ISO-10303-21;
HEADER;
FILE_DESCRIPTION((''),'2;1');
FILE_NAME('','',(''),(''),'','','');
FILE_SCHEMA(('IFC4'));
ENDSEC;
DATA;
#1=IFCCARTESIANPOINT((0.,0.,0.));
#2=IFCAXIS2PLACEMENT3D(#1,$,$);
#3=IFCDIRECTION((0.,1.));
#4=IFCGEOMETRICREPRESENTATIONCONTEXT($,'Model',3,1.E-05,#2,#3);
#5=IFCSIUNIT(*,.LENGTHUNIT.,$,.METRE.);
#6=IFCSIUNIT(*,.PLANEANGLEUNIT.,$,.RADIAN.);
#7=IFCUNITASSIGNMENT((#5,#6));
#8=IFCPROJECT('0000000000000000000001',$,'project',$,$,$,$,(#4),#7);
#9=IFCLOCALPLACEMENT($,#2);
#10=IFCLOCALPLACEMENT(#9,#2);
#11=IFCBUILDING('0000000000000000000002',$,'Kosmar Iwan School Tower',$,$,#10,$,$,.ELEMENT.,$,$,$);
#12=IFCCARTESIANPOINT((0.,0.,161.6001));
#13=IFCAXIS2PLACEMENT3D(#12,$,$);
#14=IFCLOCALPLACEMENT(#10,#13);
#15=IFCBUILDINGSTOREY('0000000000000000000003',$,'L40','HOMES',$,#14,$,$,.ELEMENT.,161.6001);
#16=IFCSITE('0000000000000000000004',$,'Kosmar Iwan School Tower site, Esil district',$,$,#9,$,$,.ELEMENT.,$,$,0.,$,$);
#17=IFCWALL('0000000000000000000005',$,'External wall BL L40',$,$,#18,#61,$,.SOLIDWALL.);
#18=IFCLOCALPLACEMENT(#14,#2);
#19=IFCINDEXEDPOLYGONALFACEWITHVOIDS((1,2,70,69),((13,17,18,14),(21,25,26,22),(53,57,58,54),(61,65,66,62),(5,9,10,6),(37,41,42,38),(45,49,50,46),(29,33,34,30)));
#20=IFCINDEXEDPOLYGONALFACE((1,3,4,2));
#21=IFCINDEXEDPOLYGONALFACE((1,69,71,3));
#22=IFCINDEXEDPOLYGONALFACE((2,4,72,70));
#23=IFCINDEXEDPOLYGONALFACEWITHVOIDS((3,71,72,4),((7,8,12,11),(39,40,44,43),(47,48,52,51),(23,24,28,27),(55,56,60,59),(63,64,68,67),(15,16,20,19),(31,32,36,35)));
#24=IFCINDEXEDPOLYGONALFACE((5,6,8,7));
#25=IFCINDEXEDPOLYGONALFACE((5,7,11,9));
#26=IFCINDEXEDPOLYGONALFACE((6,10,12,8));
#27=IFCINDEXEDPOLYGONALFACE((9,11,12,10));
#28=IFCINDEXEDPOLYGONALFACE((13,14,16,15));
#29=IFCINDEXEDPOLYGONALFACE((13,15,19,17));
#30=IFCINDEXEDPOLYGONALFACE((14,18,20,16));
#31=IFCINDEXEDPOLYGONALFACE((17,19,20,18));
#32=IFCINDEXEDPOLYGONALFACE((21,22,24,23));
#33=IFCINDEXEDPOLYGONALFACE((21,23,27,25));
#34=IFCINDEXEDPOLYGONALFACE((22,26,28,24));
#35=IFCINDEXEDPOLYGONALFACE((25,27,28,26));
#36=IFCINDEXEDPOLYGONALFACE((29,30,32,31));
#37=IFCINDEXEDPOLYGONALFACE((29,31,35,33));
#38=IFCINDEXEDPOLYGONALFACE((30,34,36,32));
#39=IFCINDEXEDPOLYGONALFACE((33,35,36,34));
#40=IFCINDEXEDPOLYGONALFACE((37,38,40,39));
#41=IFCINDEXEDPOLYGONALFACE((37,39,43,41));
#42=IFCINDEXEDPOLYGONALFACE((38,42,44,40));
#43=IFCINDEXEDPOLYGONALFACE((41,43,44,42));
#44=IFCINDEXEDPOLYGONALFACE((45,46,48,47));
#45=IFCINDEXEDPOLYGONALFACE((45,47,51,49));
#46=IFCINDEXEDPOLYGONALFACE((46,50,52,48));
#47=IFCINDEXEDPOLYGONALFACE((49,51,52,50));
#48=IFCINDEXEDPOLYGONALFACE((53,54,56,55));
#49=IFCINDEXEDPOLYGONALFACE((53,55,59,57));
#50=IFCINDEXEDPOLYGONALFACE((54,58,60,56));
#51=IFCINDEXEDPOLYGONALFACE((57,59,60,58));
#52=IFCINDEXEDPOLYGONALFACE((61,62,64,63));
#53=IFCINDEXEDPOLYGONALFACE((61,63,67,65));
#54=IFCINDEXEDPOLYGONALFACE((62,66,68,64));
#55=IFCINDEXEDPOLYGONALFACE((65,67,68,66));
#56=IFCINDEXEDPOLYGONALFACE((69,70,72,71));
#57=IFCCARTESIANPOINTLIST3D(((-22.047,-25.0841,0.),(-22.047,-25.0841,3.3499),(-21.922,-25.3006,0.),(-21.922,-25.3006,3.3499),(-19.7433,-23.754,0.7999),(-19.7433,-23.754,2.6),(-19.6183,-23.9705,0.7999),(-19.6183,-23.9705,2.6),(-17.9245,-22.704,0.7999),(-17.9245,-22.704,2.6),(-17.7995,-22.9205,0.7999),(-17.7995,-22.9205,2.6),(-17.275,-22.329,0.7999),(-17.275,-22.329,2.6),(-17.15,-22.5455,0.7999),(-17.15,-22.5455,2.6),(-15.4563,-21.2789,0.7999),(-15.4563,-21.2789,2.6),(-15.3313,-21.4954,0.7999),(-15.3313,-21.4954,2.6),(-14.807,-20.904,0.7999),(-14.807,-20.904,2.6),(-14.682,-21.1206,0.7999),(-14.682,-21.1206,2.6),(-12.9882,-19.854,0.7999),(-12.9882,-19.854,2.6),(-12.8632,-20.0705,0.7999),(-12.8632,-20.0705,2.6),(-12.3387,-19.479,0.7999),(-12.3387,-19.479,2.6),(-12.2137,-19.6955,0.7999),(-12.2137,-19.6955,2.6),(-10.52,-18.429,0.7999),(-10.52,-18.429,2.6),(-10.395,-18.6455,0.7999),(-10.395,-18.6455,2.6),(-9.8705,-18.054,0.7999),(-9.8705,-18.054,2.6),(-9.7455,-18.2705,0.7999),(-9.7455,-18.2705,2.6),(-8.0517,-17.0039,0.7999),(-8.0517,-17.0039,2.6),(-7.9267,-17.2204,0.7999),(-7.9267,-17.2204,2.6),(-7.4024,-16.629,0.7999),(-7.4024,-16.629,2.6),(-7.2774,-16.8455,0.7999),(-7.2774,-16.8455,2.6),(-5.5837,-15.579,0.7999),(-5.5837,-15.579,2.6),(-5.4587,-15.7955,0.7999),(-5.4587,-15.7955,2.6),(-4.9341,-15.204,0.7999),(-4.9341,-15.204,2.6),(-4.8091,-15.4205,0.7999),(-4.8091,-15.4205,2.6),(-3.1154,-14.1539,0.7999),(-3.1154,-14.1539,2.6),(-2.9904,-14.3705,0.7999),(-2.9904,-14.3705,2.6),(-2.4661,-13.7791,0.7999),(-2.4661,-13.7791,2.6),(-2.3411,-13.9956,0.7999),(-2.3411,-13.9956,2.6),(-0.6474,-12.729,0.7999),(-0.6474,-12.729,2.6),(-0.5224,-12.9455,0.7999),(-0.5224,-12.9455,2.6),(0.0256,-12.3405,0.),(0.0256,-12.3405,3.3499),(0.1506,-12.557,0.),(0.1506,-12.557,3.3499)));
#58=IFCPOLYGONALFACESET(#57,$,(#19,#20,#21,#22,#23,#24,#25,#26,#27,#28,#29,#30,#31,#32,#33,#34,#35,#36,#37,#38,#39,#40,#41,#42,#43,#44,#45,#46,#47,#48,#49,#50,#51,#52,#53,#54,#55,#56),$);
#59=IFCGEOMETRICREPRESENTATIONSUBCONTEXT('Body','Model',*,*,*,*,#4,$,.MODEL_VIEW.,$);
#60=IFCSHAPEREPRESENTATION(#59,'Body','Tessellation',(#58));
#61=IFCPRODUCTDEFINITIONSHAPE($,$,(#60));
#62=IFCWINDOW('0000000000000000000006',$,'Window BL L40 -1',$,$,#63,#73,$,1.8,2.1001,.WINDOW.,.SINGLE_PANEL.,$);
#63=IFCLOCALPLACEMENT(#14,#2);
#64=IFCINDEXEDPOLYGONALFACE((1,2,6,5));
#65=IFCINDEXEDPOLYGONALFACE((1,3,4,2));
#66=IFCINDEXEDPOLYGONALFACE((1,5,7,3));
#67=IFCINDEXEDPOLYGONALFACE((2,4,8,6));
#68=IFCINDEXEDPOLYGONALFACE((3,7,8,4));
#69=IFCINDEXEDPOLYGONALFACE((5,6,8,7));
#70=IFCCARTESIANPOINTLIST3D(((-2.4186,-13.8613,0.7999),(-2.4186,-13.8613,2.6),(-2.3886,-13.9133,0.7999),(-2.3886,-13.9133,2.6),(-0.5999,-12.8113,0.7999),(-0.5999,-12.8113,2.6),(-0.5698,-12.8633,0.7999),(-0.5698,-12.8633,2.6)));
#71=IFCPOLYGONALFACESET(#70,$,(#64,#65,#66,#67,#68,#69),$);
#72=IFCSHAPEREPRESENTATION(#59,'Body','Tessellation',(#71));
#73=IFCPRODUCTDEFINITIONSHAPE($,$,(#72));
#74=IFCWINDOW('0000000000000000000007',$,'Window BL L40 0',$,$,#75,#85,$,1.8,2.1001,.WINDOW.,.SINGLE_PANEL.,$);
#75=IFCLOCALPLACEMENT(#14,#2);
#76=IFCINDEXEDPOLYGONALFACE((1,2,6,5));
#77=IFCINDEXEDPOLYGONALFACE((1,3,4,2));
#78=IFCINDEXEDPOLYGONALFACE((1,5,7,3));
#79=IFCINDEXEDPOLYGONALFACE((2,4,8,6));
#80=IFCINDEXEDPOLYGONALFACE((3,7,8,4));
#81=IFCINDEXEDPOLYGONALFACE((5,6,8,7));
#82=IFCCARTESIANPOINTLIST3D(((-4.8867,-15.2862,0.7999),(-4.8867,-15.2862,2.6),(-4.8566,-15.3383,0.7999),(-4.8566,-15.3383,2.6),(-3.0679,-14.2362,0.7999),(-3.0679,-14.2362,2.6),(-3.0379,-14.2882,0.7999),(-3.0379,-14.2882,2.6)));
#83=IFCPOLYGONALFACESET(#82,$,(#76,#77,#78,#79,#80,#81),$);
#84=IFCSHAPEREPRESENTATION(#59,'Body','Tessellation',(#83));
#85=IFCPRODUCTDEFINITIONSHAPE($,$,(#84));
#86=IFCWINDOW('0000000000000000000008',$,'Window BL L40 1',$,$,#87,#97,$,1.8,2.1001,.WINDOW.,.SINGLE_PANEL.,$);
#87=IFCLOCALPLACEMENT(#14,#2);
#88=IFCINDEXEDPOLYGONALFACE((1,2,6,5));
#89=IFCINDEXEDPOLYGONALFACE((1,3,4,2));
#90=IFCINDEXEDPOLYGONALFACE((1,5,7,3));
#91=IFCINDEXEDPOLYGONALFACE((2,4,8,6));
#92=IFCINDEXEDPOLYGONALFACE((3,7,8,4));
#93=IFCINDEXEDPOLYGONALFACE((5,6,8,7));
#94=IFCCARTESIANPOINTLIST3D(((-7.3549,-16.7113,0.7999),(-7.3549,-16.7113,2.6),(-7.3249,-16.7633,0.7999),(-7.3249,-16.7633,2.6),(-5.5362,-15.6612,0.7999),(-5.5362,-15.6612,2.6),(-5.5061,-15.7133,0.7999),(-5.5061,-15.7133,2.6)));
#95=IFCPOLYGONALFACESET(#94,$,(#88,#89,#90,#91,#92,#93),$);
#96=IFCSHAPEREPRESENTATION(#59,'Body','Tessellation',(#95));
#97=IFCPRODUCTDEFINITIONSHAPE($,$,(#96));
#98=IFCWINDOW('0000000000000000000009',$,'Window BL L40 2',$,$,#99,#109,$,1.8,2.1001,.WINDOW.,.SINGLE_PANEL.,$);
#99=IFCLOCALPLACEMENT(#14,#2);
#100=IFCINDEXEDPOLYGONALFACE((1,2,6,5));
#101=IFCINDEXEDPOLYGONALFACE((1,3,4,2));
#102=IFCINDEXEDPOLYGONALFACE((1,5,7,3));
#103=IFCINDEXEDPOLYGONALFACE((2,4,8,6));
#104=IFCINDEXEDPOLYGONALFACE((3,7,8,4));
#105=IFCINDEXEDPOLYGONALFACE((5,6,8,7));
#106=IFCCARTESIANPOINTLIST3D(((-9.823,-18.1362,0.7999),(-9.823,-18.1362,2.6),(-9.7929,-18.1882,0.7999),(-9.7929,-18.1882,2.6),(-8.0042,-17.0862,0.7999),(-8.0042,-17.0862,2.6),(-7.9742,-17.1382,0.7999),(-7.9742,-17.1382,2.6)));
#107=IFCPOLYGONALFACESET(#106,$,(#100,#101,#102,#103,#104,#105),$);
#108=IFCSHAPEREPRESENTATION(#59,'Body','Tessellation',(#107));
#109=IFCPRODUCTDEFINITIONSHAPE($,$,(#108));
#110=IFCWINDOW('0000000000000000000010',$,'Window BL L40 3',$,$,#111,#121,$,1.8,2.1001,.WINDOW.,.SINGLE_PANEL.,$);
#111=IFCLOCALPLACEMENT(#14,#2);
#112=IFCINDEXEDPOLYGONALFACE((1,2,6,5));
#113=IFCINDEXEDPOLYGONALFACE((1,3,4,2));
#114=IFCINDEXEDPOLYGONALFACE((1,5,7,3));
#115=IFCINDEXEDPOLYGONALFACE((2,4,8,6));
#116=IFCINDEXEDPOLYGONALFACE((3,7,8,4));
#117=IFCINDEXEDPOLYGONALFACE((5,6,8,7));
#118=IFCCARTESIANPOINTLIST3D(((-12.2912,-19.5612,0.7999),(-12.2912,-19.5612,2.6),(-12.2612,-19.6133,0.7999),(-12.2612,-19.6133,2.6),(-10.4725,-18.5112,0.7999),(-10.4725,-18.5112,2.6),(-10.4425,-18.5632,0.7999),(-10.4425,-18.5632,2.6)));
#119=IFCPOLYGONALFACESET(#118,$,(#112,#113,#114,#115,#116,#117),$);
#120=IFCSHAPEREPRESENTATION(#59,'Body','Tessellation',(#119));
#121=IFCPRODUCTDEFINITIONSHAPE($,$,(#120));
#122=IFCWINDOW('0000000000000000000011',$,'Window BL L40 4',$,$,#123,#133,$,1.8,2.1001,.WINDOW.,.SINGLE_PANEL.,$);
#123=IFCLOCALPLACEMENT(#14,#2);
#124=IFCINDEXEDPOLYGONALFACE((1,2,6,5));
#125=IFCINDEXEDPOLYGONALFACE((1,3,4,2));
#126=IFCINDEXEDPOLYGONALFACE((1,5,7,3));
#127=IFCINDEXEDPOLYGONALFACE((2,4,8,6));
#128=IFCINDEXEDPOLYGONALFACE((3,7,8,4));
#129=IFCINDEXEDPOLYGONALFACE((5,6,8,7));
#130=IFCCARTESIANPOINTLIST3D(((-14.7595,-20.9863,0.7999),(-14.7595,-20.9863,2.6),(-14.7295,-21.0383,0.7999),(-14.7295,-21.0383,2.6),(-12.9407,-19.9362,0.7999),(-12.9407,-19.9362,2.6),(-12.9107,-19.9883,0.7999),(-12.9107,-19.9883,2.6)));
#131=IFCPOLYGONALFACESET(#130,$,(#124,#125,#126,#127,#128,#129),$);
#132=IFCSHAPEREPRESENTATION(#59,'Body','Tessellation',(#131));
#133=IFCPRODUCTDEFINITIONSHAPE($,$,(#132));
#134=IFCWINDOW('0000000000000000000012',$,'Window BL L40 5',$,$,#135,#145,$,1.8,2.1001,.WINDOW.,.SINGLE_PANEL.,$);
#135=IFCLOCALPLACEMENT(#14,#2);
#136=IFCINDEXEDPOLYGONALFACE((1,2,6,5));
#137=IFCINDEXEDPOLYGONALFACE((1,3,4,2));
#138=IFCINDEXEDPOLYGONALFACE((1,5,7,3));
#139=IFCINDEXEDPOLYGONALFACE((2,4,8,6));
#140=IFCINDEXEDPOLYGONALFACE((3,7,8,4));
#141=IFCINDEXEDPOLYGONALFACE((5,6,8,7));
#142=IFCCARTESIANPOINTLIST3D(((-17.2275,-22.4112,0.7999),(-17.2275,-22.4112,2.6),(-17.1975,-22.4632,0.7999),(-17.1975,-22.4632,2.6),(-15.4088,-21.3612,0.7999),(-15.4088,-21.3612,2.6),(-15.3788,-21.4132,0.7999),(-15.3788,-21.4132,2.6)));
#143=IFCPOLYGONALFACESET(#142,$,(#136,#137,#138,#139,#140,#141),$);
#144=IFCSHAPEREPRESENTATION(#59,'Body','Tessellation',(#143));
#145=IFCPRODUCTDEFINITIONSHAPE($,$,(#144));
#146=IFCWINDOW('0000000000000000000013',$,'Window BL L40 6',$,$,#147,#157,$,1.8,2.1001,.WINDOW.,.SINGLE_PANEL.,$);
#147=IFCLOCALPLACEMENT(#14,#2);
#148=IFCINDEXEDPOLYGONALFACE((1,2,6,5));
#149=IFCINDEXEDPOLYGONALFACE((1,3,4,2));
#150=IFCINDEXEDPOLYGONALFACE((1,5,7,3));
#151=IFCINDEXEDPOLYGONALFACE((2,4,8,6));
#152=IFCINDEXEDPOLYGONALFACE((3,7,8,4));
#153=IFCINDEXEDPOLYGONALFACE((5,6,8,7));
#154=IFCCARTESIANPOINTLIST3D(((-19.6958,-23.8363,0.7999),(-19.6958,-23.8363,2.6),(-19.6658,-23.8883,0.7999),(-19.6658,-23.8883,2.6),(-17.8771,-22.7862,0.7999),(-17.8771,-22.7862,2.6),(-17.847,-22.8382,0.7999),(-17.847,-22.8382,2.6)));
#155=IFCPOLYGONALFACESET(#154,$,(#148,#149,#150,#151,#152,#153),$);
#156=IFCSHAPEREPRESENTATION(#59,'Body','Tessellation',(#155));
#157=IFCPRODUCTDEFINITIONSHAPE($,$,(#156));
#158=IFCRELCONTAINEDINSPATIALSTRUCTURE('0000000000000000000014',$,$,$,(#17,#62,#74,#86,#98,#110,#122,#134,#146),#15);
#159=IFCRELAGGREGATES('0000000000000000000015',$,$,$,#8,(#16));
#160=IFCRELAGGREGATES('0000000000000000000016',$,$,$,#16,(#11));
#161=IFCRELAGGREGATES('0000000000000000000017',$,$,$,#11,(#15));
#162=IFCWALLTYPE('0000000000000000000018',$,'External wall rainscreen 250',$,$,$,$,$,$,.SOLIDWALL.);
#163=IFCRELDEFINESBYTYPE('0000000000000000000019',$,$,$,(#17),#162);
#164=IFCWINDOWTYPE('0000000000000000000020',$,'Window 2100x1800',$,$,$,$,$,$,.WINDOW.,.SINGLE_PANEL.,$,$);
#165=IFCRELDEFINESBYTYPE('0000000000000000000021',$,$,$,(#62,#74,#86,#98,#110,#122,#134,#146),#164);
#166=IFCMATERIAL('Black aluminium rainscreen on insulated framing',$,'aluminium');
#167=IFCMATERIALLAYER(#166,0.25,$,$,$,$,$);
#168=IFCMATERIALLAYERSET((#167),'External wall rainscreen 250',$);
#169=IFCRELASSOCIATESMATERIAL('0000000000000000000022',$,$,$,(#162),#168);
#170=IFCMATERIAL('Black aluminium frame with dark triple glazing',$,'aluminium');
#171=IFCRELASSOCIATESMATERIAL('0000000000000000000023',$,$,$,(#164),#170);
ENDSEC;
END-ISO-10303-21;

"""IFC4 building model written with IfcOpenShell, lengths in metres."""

from ifc_helpers import new_model, si_unit, direction, frame, frame_2d, origin, place, context, subcontext, project, spatial, rectangle, extrude, material, layer, layer_set, type_object, element, fill, save


model = new_model("IFC4")

# Units and contexts
model_context = context("Model", 3, precision=1e-05, world=origin(), true_north=direction((0.0, 1.0)))
body_context = subcontext(model_context, "Body", "Model", "MODEL_VIEW")
ifc_project = project(units=[si_unit("LENGTHUNIT", "METRE"), si_unit("PLANEANGLEUNIT", "RADIAN")], contexts=[model_context])

# Site, building, storey
site_placement = place(None, origin())
site = spatial("IfcSite", under=ifc_project, at=site_placement, Name="Kosmar Iwan School Tower site, Esil district", CompositionType="ELEMENT", RefElevation=0.0)
building_placement = place(site_placement, origin())
building = spatial("IfcBuilding", under=site, at=building_placement, Name="Kosmar Iwan School Tower", CompositionType="ELEMENT")
storey_placement = place(building_placement, frame((0.0, 0.0, 161.6001)))
storey = spatial("IfcBuildingStorey", under=building, at=storey_placement, Name="L40", Description="HOMES", CompositionType="ELEMENT", Elevation=161.6001)

# Wall, openings, windows
ifc_material_1 = material(Name="Black aluminium rainscreen on insulated framing", Category="aluminium")
ifc_layer = layer(ifc_material_1, 0.25)
ifc_layer_set = layer_set([ifc_layer], Name="External wall rainscreen 250")
wall_type = type_object("IfcWallType", Name="External wall rainscreen 250", PredefinedType="SOLIDWALL", material=ifc_layer_set)
wall_1_placement = place(storey_placement, frame((0.0881, -12.4487, 0.0), z_axis=(0.0, 0.0, 1.0), x_axis=(-0.866026, -0.499998, 0.0)))
wall_1 = element("IfcWall", 1, at=wall_1_placement, inside=storey, type_object=wall_type, Name="External wall BL L40", PredefinedType="SOLIDWALL", context=body_context, shape_type="SweptSolid", body=[
    extrude(rectangle(XDim=25.4873, YDim=0.25, at=frame_2d((12.7437, 0.0))), origin(), (0.0, 0.0, 1.0), 3.3499),
])
opening_1_placement = place(wall_1_placement, frame((0.7771, 0.0, 0.8)))
opening_1 = element("IfcOpeningElement", 2, at=opening_1_placement, cuts=wall_1, PredefinedType="OPENING", context=body_context, shape_type="SweptSolid", body=[
    extrude(rectangle(XDim=2.1001, YDim=1.8, at=frame_2d((1.05, 0.8999))), frame((0.0, 0.137, 0.0), z_axis=(0.0, -1.0, 0.0), x_axis=(1.0, 0.0, 0.0)), (0.0, 0.0, 1.0), 0.2739),
])
opening_2_placement = place(wall_1_placement, frame((3.627, 0.0, 0.8)))
opening_2 = element("IfcOpeningElement", 3, at=opening_2_placement, cuts=wall_1, PredefinedType="OPENING", context=body_context, shape_type="SweptSolid", body=[
    extrude(rectangle(XDim=2.1001, YDim=1.8, at=frame_2d((1.05, 0.8999))), frame((0.0, 0.137, 0.0), z_axis=(0.0, -1.0, 0.0), x_axis=(1.0, 0.0, 0.0)), (0.0, 0.0, 1.0), 0.2739),
])
opening_3_placement = place(wall_1_placement, frame((6.4771, 0.0, 0.8)))
opening_3 = element("IfcOpeningElement", 4, at=opening_3_placement, cuts=wall_1, PredefinedType="OPENING", context=body_context, shape_type="SweptSolid", body=[
    extrude(rectangle(XDim=2.1001, YDim=1.8, at=frame_2d((1.05, 0.8999))), frame((0.0, 0.137, 0.0), z_axis=(0.0, -1.0, 0.0), x_axis=(1.0, 0.0, 0.0)), (0.0, 0.0, 1.0), 0.2739),
])
opening_4_placement = place(wall_1_placement, frame((9.3269, 0.0, 0.8)))
opening_4 = element("IfcOpeningElement", 5, at=opening_4_placement, cuts=wall_1, PredefinedType="OPENING", context=body_context, shape_type="SweptSolid", body=[
    extrude(rectangle(XDim=2.1001, YDim=1.8, at=frame_2d((1.05, 0.8999))), frame((0.0, 0.137, 0.0), z_axis=(0.0, -1.0, 0.0), x_axis=(1.0, 0.0, 0.0)), (0.0, 0.0, 1.0), 0.2739),
])
opening_5_placement = place(wall_1_placement, frame((12.177, 0.0, 0.8)))
opening_5 = element("IfcOpeningElement", 6, at=opening_5_placement, cuts=wall_1, PredefinedType="OPENING", context=body_context, shape_type="SweptSolid", body=[
    extrude(rectangle(XDim=2.1001, YDim=1.8, at=frame_2d((1.05, 0.8999))), frame((0.0, 0.137, 0.0), z_axis=(0.0, -1.0, 0.0), x_axis=(1.0, 0.0, 0.0)), (0.0, 0.0, 1.0), 0.2739),
])
opening_6_placement = place(wall_1_placement, frame((15.0271, 0.0, 0.8)))
opening_6 = element("IfcOpeningElement", 7, at=opening_6_placement, cuts=wall_1, PredefinedType="OPENING", context=body_context, shape_type="SweptSolid", body=[
    extrude(rectangle(XDim=2.1001, YDim=1.8, at=frame_2d((1.05, 0.8999))), frame((0.0, 0.137, 0.0), z_axis=(0.0, -1.0, 0.0), x_axis=(1.0, 0.0, 0.0)), (0.0, 0.0, 1.0), 0.2739),
])
opening_7_placement = place(wall_1_placement, frame((17.877, 0.0, 0.8)))
opening_7 = element("IfcOpeningElement", 8, at=opening_7_placement, cuts=wall_1, PredefinedType="OPENING", context=body_context, shape_type="SweptSolid", body=[
    extrude(rectangle(XDim=2.1001, YDim=1.8, at=frame_2d((1.05, 0.8999))), frame((0.0, 0.137, 0.0), z_axis=(0.0, -1.0, 0.0), x_axis=(1.0, 0.0, 0.0)), (0.0, 0.0, 1.0), 0.2739),
])
opening_8_placement = place(wall_1_placement, frame((20.7271, 0.0, 0.8)))
opening_8 = element("IfcOpeningElement", 9, at=opening_8_placement, cuts=wall_1, PredefinedType="OPENING", context=body_context, shape_type="SweptSolid", body=[
    extrude(rectangle(XDim=2.1001, YDim=1.8, at=frame_2d((1.05, 0.8999))), frame((0.0, 0.137, 0.0), z_axis=(0.0, -1.0, 0.0), x_axis=(1.0, 0.0, 0.0)), (0.0, 0.0, 1.0), 0.2739),
])
ifc_material_2 = material(Name="Black aluminium frame with dark triple glazing", Category="aluminium")
window_type = type_object("IfcWindowType", Name="Window 2100x1800", PartitioningType="SINGLE_PANEL", PredefinedType="WINDOW", material=ifc_material_2)
window_1_placement = place(opening_1_placement, origin())
window_1 = element("IfcWindow", 10, at=window_1_placement, inside=storey, type_object=window_type, Name="Window BL L40 -1", OverallHeight=1.8, OverallWidth=2.1001, PartitioningType="SINGLE_PANEL", PredefinedType="WINDOW", context=body_context, shape_type="SweptSolid", body=[
    extrude(rectangle(XDim=2.1001, YDim=1.8, at=frame_2d((1.05, 0.8999))), frame((0.0, 0.03, 0.0), z_axis=(0.0, -1.0, 0.0), x_axis=(1.0, 0.0, 0.0)), (0.0, 0.0, 1.0), 0.0601),
])
fill(opening_1, window_1)
window_2_placement = place(opening_2_placement, origin())
window_2 = element("IfcWindow", 11, at=window_2_placement, inside=storey, type_object=window_type, Name="Window BL L40 0", OverallHeight=1.8, OverallWidth=2.1001, PartitioningType="SINGLE_PANEL", PredefinedType="WINDOW", context=body_context, shape_type="SweptSolid", body=[
    extrude(rectangle(XDim=2.1001, YDim=1.8, at=frame_2d((1.05, 0.8999))), frame((0.0, 0.03, 0.0), z_axis=(0.0, -1.0, 0.0), x_axis=(1.0, 0.0, 0.0)), (0.0, 0.0, 1.0), 0.0601),
])
fill(opening_2, window_2)
window_3_placement = place(opening_3_placement, origin())
window_3 = element("IfcWindow", 12, at=window_3_placement, inside=storey, type_object=window_type, Name="Window BL L40 1", OverallHeight=1.8, OverallWidth=2.1001, PartitioningType="SINGLE_PANEL", PredefinedType="WINDOW", context=body_context, shape_type="SweptSolid", body=[
    extrude(rectangle(XDim=2.1001, YDim=1.8, at=frame_2d((1.05, 0.8999))), frame((0.0, 0.03, 0.0), z_axis=(0.0, -1.0, 0.0), x_axis=(1.0, 0.0, 0.0)), (0.0, 0.0, 1.0), 0.0601),
])
fill(opening_3, window_3)
window_4_placement = place(opening_4_placement, origin())
window_4 = element("IfcWindow", 13, at=window_4_placement, inside=storey, type_object=window_type, Name="Window BL L40 2", OverallHeight=1.8, OverallWidth=2.1001, PartitioningType="SINGLE_PANEL", PredefinedType="WINDOW", context=body_context, shape_type="SweptSolid", body=[
    extrude(rectangle(XDim=2.1001, YDim=1.8, at=frame_2d((1.05, 0.8999))), frame((0.0, 0.03, 0.0), z_axis=(0.0, -1.0, 0.0), x_axis=(1.0, 0.0, 0.0)), (0.0, 0.0, 1.0), 0.0601),
])
fill(opening_4, window_4)
window_5_placement = place(opening_5_placement, origin())
window_5 = element("IfcWindow", 14, at=window_5_placement, inside=storey, type_object=window_type, Name="Window BL L40 3", OverallHeight=1.8, OverallWidth=2.1001, PartitioningType="SINGLE_PANEL", PredefinedType="WINDOW", context=body_context, shape_type="SweptSolid", body=[
    extrude(rectangle(XDim=2.1001, YDim=1.8, at=frame_2d((1.05, 0.8999))), frame((0.0, 0.03, 0.0), z_axis=(0.0, -1.0, 0.0), x_axis=(1.0, 0.0, 0.0)), (0.0, 0.0, 1.0), 0.0601),
])
fill(opening_5, window_5)
window_6_placement = place(opening_6_placement, origin())
window_6 = element("IfcWindow", 15, at=window_6_placement, inside=storey, type_object=window_type, Name="Window BL L40 4", OverallHeight=1.8, OverallWidth=2.1001, PartitioningType="SINGLE_PANEL", PredefinedType="WINDOW", context=body_context, shape_type="SweptSolid", body=[
    extrude(rectangle(XDim=2.1001, YDim=1.8, at=frame_2d((1.05, 0.8999))), frame((0.0, 0.03, 0.0), z_axis=(0.0, -1.0, 0.0), x_axis=(1.0, 0.0, 0.0)), (0.0, 0.0, 1.0), 0.0601),
])
fill(opening_6, window_6)
window_7_placement = place(opening_7_placement, origin())
window_7 = element("IfcWindow", 16, at=window_7_placement, inside=storey, type_object=window_type, Name="Window BL L40 5", OverallHeight=1.8, OverallWidth=2.1001, PartitioningType="SINGLE_PANEL", PredefinedType="WINDOW", context=body_context, shape_type="SweptSolid", body=[
    extrude(rectangle(XDim=2.1001, YDim=1.8, at=frame_2d((1.05, 0.8999))), frame((0.0, 0.03, 0.0), z_axis=(0.0, -1.0, 0.0), x_axis=(1.0, 0.0, 0.0)), (0.0, 0.0, 1.0), 0.0601),
])
fill(opening_7, window_7)
window_8_placement = place(opening_8_placement, origin())
window_8 = element("IfcWindow", 17, at=window_8_placement, inside=storey, type_object=window_type, Name="Window BL L40 6", OverallHeight=1.8, OverallWidth=2.1001, PartitioningType="SINGLE_PANEL", PredefinedType="WINDOW", context=body_context, shape_type="SweptSolid", body=[
    extrude(rectangle(XDim=2.1001, YDim=1.8, at=frame_2d((1.05, 0.8999))), frame((0.0, 0.03, 0.0), z_axis=(0.0, -1.0, 0.0), x_axis=(1.0, 0.0, 0.0)), (0.0, 0.0, 1.0), 0.0601),
])
fill(opening_8, window_8)

save(model, "model.ifc")
